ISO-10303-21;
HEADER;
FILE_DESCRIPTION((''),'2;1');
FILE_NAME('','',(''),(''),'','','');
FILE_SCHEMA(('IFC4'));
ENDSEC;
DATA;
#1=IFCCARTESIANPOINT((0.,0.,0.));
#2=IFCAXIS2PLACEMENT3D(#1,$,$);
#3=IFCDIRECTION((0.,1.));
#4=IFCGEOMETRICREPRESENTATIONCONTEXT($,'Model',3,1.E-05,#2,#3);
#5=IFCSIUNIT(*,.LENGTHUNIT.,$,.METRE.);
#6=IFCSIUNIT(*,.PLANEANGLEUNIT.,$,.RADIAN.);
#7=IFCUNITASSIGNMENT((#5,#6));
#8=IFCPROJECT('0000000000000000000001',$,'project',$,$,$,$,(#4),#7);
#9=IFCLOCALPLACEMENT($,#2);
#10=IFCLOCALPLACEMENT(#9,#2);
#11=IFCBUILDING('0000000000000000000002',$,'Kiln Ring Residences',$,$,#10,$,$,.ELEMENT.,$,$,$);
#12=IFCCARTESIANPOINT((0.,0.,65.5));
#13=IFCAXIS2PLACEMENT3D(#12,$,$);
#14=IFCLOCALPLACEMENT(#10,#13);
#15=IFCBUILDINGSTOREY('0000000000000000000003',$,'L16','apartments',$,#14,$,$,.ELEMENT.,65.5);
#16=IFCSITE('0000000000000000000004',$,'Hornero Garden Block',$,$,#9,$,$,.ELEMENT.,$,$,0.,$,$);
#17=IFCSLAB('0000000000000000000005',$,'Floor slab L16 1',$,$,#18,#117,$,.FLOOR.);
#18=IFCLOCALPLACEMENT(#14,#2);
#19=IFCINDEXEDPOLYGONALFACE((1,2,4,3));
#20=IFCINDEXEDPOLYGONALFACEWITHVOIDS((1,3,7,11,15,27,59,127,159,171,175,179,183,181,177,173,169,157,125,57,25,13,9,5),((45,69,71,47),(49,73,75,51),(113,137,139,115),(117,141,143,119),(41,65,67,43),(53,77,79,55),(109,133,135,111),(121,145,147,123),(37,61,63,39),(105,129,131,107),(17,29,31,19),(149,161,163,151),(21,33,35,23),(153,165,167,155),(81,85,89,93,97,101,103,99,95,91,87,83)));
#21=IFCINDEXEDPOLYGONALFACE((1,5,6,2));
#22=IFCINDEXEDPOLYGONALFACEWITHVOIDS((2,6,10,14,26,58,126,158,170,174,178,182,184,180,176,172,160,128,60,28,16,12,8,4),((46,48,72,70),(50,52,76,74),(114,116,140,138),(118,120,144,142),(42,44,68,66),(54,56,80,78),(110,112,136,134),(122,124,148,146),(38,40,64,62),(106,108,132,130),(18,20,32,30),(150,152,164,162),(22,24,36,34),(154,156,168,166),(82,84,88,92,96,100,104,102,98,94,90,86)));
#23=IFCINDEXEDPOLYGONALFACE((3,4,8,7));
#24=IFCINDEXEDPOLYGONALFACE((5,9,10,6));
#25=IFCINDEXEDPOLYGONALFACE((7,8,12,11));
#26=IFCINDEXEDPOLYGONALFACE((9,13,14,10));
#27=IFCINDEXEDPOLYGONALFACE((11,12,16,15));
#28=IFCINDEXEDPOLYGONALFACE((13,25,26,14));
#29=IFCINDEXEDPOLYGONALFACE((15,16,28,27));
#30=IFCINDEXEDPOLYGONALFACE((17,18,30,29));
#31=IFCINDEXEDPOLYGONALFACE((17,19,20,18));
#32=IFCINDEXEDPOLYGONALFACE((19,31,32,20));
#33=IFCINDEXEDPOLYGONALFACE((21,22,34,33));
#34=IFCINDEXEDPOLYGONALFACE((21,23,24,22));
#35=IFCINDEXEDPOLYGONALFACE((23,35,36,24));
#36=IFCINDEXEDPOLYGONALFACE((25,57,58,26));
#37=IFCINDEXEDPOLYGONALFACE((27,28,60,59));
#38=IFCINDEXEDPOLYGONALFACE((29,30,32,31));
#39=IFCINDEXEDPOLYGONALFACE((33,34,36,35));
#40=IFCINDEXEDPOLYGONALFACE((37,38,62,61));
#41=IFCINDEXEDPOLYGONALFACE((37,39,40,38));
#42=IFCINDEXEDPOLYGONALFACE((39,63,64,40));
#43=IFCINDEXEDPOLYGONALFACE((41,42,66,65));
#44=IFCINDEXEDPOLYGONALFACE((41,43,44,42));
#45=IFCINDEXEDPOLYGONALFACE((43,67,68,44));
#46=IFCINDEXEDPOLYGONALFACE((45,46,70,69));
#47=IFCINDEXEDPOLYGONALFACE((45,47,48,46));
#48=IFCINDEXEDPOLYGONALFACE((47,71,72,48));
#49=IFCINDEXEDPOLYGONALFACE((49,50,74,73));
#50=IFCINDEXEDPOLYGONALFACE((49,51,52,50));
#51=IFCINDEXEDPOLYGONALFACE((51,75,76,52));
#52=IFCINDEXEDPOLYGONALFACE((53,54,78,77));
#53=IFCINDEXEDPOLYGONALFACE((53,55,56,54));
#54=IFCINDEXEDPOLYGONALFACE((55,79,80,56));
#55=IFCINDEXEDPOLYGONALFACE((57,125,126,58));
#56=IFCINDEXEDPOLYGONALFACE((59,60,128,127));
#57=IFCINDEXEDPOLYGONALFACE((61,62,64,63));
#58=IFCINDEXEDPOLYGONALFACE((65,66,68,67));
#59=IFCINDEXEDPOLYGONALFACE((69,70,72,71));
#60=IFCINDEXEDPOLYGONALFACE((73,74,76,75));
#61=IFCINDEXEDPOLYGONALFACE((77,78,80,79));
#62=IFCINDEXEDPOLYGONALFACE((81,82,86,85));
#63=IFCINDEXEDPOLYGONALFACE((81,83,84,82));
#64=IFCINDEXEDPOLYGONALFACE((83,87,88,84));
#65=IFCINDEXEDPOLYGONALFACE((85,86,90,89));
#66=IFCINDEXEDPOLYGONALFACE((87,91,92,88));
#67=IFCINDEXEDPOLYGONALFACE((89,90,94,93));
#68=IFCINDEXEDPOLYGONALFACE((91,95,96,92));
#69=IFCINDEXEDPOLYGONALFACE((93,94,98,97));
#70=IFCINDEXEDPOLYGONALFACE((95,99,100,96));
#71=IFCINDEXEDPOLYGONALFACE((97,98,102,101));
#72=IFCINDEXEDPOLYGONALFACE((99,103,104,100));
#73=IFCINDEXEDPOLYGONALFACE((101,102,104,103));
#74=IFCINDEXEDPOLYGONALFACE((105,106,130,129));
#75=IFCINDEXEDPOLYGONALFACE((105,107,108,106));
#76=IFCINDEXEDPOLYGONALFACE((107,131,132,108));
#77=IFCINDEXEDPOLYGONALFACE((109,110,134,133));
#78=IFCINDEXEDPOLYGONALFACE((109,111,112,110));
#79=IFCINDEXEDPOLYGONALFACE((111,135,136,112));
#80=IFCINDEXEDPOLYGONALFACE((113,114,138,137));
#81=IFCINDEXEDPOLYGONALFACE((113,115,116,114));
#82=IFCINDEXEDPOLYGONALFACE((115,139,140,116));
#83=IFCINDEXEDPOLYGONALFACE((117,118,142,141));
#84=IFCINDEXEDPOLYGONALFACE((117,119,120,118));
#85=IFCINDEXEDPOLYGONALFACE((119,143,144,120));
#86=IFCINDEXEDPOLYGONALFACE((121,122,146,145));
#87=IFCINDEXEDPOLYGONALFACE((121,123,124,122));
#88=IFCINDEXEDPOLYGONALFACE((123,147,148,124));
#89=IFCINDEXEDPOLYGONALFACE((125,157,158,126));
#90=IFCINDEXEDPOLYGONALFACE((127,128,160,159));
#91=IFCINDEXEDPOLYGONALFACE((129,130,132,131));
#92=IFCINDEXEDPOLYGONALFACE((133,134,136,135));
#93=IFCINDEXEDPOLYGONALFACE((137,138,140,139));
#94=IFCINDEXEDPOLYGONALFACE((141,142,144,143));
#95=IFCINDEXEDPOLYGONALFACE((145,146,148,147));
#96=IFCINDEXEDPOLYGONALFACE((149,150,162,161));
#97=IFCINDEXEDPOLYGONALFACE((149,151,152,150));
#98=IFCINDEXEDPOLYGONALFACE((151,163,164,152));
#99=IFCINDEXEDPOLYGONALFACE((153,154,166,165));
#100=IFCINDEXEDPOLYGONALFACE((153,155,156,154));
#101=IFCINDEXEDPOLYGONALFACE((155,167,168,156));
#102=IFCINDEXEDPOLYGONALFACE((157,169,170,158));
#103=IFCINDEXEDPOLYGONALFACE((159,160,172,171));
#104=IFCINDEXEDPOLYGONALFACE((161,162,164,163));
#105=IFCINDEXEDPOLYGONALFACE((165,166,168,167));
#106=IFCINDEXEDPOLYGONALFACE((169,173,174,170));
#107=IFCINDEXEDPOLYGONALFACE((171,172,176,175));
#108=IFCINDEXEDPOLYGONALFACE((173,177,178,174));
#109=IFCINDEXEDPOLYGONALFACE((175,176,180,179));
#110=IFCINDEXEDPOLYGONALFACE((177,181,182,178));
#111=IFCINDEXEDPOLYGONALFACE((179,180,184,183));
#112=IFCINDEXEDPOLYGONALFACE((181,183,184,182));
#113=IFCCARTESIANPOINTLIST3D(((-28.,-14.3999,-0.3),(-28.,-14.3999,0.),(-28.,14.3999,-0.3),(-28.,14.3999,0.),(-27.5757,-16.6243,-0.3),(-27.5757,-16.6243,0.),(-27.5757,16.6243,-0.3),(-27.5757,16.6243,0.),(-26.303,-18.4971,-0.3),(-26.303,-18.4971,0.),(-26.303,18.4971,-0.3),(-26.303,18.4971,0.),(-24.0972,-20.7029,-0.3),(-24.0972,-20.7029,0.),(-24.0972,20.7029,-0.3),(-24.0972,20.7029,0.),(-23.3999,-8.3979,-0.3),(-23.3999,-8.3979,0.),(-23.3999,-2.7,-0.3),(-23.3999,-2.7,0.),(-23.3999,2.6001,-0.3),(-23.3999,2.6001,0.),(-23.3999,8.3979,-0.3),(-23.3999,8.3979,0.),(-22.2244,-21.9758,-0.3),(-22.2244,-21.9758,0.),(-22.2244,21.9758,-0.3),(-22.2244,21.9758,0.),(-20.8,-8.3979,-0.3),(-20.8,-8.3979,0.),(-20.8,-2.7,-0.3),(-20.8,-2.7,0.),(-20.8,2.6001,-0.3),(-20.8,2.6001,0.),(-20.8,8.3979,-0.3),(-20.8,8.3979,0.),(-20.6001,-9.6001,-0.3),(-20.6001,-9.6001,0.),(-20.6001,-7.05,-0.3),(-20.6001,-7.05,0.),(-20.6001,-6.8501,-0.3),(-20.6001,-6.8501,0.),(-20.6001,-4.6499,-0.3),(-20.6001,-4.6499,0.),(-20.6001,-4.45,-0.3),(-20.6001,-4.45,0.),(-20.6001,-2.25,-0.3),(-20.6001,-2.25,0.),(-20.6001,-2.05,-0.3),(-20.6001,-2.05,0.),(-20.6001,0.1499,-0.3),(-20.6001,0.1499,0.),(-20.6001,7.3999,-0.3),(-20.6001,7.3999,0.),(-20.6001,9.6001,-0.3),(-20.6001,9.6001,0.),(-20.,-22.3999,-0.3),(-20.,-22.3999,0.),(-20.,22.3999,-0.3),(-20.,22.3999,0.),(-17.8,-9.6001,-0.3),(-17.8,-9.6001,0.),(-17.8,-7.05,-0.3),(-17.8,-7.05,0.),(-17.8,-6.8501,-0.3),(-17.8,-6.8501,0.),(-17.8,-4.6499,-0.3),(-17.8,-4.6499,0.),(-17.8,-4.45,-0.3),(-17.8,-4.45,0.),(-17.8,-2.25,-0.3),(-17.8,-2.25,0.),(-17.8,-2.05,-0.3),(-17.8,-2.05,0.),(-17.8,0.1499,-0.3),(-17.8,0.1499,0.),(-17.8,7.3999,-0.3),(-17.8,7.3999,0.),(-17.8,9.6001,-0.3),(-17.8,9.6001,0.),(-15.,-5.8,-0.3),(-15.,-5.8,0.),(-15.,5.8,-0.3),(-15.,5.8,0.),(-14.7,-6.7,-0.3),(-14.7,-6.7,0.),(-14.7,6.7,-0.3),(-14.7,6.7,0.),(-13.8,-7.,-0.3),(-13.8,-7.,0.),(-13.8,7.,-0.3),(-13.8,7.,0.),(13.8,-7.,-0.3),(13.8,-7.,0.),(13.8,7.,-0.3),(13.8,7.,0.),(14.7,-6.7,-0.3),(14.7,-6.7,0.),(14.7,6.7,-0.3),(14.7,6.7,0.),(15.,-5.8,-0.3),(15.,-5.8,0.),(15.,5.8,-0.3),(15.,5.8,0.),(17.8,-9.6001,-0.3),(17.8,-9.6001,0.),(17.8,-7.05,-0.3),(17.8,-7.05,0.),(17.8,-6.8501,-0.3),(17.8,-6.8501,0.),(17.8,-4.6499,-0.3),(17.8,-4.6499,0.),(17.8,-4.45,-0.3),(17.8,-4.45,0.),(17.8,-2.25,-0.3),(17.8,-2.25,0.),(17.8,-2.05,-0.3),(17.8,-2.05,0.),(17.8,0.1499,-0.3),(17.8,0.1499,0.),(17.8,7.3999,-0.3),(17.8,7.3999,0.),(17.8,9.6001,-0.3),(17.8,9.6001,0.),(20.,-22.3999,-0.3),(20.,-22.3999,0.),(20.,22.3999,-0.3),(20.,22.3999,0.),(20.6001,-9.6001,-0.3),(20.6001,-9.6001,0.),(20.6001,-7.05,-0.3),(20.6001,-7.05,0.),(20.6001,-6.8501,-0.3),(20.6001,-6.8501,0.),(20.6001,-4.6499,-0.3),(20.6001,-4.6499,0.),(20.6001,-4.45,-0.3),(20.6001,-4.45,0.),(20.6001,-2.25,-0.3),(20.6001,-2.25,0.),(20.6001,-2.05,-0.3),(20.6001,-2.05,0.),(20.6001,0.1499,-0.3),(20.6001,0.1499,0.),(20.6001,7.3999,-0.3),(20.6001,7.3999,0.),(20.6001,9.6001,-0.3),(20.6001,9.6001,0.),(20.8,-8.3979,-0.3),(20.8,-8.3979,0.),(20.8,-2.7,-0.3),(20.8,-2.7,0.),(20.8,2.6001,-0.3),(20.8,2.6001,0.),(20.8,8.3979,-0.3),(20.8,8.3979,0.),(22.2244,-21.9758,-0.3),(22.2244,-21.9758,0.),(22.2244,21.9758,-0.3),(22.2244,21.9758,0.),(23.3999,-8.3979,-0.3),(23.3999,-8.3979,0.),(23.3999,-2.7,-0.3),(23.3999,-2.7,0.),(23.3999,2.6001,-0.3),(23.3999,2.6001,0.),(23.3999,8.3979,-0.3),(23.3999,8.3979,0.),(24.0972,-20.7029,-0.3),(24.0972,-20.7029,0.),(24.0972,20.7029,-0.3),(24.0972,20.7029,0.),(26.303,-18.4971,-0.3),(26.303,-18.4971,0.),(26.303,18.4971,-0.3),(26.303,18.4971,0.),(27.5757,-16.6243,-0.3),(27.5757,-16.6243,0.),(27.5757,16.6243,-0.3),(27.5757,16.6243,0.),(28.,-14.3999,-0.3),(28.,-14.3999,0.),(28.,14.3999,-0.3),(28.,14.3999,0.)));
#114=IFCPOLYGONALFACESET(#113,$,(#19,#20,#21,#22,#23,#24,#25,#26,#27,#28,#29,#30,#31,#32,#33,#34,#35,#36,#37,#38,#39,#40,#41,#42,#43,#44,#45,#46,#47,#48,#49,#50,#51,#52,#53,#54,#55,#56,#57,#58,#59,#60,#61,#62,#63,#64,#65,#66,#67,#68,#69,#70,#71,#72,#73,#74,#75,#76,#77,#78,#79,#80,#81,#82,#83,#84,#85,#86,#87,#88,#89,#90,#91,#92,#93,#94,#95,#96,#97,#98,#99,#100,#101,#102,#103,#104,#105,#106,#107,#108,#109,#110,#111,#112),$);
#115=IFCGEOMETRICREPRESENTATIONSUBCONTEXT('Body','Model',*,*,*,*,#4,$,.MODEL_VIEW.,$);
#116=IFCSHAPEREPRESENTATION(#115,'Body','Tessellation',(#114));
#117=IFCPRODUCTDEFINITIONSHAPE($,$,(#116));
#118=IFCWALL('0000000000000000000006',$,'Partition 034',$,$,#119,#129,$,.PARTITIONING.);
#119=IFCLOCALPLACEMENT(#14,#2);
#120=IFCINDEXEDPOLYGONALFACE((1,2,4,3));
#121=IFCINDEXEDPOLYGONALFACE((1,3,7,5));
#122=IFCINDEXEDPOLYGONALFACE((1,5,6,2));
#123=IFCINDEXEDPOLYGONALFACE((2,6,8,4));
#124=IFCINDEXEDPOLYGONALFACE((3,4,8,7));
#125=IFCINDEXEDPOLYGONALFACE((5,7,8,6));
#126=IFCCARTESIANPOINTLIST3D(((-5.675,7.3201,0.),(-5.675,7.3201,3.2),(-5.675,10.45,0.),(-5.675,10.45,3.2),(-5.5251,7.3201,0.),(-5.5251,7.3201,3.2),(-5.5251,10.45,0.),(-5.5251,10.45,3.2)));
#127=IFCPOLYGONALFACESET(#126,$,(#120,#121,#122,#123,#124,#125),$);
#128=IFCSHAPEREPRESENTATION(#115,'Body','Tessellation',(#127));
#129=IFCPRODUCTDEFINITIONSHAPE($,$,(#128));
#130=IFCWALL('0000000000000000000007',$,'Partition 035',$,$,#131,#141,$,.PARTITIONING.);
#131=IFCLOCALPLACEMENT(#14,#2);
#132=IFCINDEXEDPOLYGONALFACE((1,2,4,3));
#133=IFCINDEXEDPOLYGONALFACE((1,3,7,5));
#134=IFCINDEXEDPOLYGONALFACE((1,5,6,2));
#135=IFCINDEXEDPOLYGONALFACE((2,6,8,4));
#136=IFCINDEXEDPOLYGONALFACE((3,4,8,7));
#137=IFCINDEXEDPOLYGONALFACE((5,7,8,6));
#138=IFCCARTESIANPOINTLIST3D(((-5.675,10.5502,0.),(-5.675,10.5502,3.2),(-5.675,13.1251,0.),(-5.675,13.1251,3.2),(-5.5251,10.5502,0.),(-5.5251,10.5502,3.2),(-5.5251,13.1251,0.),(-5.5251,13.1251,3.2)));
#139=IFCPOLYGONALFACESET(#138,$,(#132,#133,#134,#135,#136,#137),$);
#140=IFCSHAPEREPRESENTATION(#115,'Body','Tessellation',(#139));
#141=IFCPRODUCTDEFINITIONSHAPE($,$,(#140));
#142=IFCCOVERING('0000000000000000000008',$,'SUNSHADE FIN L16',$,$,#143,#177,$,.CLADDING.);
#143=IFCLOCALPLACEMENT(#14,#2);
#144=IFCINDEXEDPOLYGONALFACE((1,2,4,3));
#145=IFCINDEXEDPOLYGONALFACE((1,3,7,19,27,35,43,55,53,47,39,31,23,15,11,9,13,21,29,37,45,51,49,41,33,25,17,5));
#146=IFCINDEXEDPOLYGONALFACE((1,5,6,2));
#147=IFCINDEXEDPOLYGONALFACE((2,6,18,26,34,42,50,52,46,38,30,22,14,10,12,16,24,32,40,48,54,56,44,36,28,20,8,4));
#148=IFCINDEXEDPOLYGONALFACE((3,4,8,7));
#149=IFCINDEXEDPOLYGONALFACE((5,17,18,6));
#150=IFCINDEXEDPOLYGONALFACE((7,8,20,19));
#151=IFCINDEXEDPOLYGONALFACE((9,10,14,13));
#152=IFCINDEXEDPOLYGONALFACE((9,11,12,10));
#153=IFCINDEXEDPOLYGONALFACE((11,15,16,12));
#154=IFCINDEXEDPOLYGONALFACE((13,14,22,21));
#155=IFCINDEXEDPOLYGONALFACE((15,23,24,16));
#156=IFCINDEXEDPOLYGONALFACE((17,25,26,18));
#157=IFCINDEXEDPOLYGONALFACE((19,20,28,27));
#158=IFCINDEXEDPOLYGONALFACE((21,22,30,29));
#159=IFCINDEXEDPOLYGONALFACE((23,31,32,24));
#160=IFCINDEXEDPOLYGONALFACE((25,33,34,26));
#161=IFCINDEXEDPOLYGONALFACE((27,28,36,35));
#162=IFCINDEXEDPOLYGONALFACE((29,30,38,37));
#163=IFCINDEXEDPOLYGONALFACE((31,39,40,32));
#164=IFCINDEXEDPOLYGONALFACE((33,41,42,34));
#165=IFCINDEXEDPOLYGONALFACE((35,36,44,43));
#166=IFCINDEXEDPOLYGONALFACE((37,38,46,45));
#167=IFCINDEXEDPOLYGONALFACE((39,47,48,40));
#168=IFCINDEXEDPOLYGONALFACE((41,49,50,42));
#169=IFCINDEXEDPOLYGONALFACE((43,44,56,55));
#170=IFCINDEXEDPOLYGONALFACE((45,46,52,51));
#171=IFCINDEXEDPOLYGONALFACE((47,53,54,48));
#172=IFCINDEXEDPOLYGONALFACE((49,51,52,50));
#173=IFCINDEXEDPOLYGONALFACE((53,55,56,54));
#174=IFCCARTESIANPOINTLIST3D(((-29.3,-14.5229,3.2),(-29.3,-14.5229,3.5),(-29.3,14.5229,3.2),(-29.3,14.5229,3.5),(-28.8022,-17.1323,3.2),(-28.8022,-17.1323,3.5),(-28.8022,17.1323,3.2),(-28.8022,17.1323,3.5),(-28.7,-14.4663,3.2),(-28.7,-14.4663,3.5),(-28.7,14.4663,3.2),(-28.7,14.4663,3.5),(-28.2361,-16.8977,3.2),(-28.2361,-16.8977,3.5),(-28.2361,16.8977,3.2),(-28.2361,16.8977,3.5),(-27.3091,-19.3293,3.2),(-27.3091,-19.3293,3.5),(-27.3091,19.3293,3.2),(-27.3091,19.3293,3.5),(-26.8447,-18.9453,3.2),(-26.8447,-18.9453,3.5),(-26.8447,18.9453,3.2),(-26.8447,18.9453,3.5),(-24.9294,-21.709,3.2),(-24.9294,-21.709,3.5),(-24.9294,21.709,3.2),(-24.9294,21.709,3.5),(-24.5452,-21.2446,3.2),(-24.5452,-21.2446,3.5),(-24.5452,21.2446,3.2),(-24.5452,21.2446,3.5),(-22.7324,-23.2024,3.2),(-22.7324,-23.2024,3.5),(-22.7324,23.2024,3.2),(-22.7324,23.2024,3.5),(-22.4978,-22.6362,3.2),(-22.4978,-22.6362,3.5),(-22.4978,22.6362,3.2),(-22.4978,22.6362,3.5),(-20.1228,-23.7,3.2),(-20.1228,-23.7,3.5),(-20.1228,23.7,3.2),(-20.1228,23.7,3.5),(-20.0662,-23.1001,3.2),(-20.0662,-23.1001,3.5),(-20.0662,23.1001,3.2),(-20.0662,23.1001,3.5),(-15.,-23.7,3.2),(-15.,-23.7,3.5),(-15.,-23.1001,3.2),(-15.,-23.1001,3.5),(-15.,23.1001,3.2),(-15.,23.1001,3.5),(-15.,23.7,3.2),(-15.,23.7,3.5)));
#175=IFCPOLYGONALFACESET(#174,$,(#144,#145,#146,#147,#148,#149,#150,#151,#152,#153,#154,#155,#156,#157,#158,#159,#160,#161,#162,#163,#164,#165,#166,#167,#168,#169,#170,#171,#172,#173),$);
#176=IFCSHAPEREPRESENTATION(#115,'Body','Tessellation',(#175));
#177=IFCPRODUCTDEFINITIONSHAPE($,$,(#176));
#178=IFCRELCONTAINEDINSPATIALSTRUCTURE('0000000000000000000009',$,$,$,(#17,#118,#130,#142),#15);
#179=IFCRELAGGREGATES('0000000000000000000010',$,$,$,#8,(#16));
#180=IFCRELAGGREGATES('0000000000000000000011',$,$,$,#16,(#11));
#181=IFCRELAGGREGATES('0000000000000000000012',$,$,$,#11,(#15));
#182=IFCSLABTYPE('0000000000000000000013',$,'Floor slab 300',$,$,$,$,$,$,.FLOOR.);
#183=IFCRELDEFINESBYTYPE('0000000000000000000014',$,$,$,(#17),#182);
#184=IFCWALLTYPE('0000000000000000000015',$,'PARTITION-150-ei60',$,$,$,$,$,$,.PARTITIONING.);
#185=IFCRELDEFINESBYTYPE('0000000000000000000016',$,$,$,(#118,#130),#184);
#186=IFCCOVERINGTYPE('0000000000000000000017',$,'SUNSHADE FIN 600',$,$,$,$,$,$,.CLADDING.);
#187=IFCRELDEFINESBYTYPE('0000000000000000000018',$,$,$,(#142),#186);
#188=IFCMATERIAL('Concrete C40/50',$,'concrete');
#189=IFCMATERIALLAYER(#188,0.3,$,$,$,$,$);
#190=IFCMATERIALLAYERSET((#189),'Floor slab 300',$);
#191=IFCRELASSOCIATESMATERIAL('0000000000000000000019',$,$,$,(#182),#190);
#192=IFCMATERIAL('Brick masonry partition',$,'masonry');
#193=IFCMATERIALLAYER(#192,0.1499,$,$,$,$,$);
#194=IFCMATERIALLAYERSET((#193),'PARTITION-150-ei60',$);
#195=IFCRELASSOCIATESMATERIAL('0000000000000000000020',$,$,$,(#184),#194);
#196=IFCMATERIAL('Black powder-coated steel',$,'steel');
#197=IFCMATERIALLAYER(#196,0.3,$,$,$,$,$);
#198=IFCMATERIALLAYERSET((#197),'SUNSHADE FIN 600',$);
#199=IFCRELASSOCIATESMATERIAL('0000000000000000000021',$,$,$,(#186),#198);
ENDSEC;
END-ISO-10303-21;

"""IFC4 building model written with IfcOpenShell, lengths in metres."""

from ifc_helpers import new_model, si_unit, direction, frame, frame_2d, origin, place, context, subcontext, project, spatial, polyline, rectangle, outline, extrude, material, layer, layer_set, type_object, element, save


model = new_model("IFC4")

# Units and contexts
model_context = context("Model", 3, precision=1e-05, world=origin(), true_north=direction((0.0, 1.0)))
body_context = subcontext(model_context, "Body", "Model", "MODEL_VIEW")
ifc_project = project(units=[si_unit("LENGTHUNIT", "METRE"), si_unit("PLANEANGLEUNIT", "RADIAN")], contexts=[model_context])

# Site, building, storey
site_placement = place(None, origin())
site = spatial("IfcSite", under=ifc_project, at=site_placement, Name="Hornero Garden Block", CompositionType="ELEMENT", RefElevation=0.0)
building_placement = place(site_placement, origin())
building = spatial("IfcBuilding", under=site, at=building_placement, Name="Kiln Ring Residences", CompositionType="ELEMENT")
storey_placement = place(building_placement, frame((0.0, 0.0, 65.5)))
storey = spatial("IfcBuildingStorey", under=building, at=storey_placement, Name="L16", Description="apartments", CompositionType="ELEMENT", Elevation=65.5)

# Slab
ifc_material_1 = material(Name="Concrete C40/50", Category="concrete")
ifc_layer_1 = layer(ifc_material_1, 0.3)
ifc_layer_set_1 = layer_set([ifc_layer_1], Name="Floor slab 300")
slab_type = type_object("IfcSlabType", Name="Floor slab 300", PredefinedType="FLOOR", material=ifc_layer_set_1)
slab_placement = place(storey_placement, frame((0.0, 0.0, -0.3)))
element("IfcSlab", 1, at=slab_placement, inside=storey, type_object=slab_type, Name="Floor slab L16 1", PredefinedType="FLOOR", context=body_context, shape_type="SweptSolid", body=[
    extrude(outline(polyline([(-26.303, -18.4971), (-24.0972, -20.7029), (-22.2244, -21.9758), (-20.0, -22.3999), (20.0, -22.3999), (22.2244, -21.9758), (24.0972, -20.7029), (26.303, -18.4971), (27.5757, -16.6243), (28.0, -14.3999), (28.0, 14.3999), (27.5757, 16.6243), (26.303, 18.4971), (24.0972, 20.7029), (22.2244, 21.9758), (20.0, 22.3999), (-20.0, 22.3999), (-22.2244, 21.9758), (-24.0972, 20.7029), (-26.303, 18.4971), (-27.5757, 16.6243), (-28.0, 14.3999), (-28.0, -14.3999), (-27.5757, -16.6243), (-26.303, -18.4971)]), holes=[polyline([(-14.7, -6.7), (-15.0, -5.8), (-15.0, 5.8), (-14.7, 6.7), (-13.8, 7.0), (13.8, 7.0), (14.7, 6.7), (15.0, 5.8), (15.0, -5.8), (14.7, -6.7), (13.8, -7.0), (-13.8, -7.0), (-14.7, -6.7)]), polyline([(20.8, -8.3979), (20.8, -2.7), (23.3999, -2.7), (23.3999, -8.3979), (20.8, -8.3979)]), polyline([(20.8, 2.6001), (20.8, 8.3979), (23.3999, 8.3979), (23.3999, 2.6001), (20.8, 2.6001)]), polyline([(17.8, -6.8501), (17.8, -4.6499), (20.6001, -4.6499), (20.6001, -6.8501), (17.8, -6.8501)]), polyline([(17.8, -4.45), (17.8, -2.25), (20.6001, -2.25), (20.6001, -4.45), (17.8, -4.45)]), polyline([(17.8, -2.05), (17.8, 0.1499), (20.6001, 0.1499), (20.6001, -2.05), (17.8, -2.05)]), polyline([(17.8, 7.3999), (17.8, 9.6001), (20.6001, 9.6001), (20.6001, 7.3999), (17.8, 7.3999)]), polyline([(20.6001, -9.6001), (17.8, -9.6001), (17.8, -7.05), (20.6001, -7.05), (20.6001, -9.6001)]), polyline([(-17.8, -7.05), (-17.8, -9.6001), (-20.6001, -9.6001), (-20.6001, -7.05), (-17.8, -7.05)]), polyline([(-17.8, -6.8501), (-20.6001, -6.8501), (-20.6001, -4.6499), (-17.8, -4.6499), (-17.8, -6.8501)]), polyline([(-17.8, -4.45), (-20.6001, -4.45), (-20.6001, -2.25), (-17.8, -2.25), (-17.8, -4.45)]), polyline([(-17.8, -2.05), (-20.6001, -2.05), (-20.6001, 0.1499), (-17.8, 0.1499), (-17.8, -2.05)]), polyline([(-17.8, 7.3999), (-20.6001, 7.3999), (-20.6001, 9.6001), (-17.8, 9.6001), (-17.8, 7.3999)]), polyline([(-20.8, -8.3979), (-23.3999, -8.3979), (-23.3999, -2.7), (-20.8, -2.7), (-20.8, -8.3979)]), polyline([(-20.8, 2.6001), (-23.3999, 2.6001), (-23.3999, 8.3979), (-20.8, 8.3979), (-20.8, 2.6001)])]), origin(), (0.0, 0.0, 1.0), 0.3),
])

# Walls
ifc_material_2 = material(Name="Brick masonry partition", Category="masonry")
ifc_layer_2 = layer(ifc_material_2, 0.1499)
ifc_layer_set_2 = layer_set([ifc_layer_2], Name="PARTITION-150-ei60")
wall_type = type_object("IfcWallType", Name="PARTITION-150-ei60", PredefinedType="PARTITIONING", material=ifc_layer_set_2)
wall_1_placement = place(storey_placement, frame((-5.6001, 7.3201, 0.0), z_axis=(0.0, 0.0, 1.0), x_axis=(0.0, 1.0, 0.0)))
element("IfcWall", 2, at=wall_1_placement, inside=storey, type_object=wall_type, Name="Partition 034", PredefinedType="PARTITIONING", context=body_context, shape_type="SweptSolid", body=[
    extrude(rectangle(XDim=3.1299, YDim=0.1499, at=frame_2d((1.5649, 0.0))), origin(), (0.0, 0.0, 1.0), 3.2),
])
wall_2_placement = place(storey_placement, frame((-5.6001, 10.55, 0.0), z_axis=(0.0, 0.0, 1.0), x_axis=(0.0, 1.0, 0.0)))
element("IfcWall", 3, at=wall_2_placement, inside=storey, type_object=wall_type, Name="Partition 035", PredefinedType="PARTITIONING", context=body_context, shape_type="SweptSolid", body=[
    extrude(rectangle(XDim=2.575, YDim=0.1499, at=frame_2d((1.2876, 0.0))), origin(), (0.0, 0.0, 1.0), 3.2),
])

# Covering
ifc_material_3 = material(Name="Black powder-coated steel", Category="steel")
ifc_layer_3 = layer(ifc_material_3, 0.3)
ifc_layer_set_3 = layer_set([ifc_layer_3], Name="SUNSHADE FIN 600")
covering_type = type_object("IfcCoveringType", Name="SUNSHADE FIN 600", PredefinedType="CLADDING", material=ifc_layer_set_3)
covering_placement = place(storey_placement, frame((0.0, 0.0, 3.2)))
element("IfcCovering", 4, at=covering_placement, inside=storey, type_object=covering_type, Name="SUNSHADE FIN L16", PredefinedType="CLADDING", context=body_context, shape_type="SweptSolid", body=[
    extrude(outline(polyline([(-29.3, -14.5229), (-28.8022, -17.1323), (-27.3091, -19.3293), (-24.9294, -21.709), (-22.7324, -23.2024), (-20.1228, -23.7), (-15.0, -23.7), (-15.0, -23.1001), (-20.0662, -23.1001), (-22.4978, -22.6362), (-24.5452, -21.2446), (-26.8447, -18.9453), (-28.2361, -16.8977), (-28.7, -14.4663), (-28.7, 14.4663), (-28.2361, 16.8977), (-26.8447, 18.9453), (-24.5452, 21.2446), (-22.4978, 22.6362), (-20.0662, 23.1001), (-15.0, 23.1001), (-15.0, 23.7), (-20.1228, 23.7), (-22.7324, 23.2024), (-24.9294, 21.709), (-27.3091, 19.3293), (-28.8022, 17.1323), (-29.3, 14.5229), (-29.3, -14.5229)])), origin(), (0.0, 0.0, 1.0), 0.3),
])

save(model, "model.ifc")
